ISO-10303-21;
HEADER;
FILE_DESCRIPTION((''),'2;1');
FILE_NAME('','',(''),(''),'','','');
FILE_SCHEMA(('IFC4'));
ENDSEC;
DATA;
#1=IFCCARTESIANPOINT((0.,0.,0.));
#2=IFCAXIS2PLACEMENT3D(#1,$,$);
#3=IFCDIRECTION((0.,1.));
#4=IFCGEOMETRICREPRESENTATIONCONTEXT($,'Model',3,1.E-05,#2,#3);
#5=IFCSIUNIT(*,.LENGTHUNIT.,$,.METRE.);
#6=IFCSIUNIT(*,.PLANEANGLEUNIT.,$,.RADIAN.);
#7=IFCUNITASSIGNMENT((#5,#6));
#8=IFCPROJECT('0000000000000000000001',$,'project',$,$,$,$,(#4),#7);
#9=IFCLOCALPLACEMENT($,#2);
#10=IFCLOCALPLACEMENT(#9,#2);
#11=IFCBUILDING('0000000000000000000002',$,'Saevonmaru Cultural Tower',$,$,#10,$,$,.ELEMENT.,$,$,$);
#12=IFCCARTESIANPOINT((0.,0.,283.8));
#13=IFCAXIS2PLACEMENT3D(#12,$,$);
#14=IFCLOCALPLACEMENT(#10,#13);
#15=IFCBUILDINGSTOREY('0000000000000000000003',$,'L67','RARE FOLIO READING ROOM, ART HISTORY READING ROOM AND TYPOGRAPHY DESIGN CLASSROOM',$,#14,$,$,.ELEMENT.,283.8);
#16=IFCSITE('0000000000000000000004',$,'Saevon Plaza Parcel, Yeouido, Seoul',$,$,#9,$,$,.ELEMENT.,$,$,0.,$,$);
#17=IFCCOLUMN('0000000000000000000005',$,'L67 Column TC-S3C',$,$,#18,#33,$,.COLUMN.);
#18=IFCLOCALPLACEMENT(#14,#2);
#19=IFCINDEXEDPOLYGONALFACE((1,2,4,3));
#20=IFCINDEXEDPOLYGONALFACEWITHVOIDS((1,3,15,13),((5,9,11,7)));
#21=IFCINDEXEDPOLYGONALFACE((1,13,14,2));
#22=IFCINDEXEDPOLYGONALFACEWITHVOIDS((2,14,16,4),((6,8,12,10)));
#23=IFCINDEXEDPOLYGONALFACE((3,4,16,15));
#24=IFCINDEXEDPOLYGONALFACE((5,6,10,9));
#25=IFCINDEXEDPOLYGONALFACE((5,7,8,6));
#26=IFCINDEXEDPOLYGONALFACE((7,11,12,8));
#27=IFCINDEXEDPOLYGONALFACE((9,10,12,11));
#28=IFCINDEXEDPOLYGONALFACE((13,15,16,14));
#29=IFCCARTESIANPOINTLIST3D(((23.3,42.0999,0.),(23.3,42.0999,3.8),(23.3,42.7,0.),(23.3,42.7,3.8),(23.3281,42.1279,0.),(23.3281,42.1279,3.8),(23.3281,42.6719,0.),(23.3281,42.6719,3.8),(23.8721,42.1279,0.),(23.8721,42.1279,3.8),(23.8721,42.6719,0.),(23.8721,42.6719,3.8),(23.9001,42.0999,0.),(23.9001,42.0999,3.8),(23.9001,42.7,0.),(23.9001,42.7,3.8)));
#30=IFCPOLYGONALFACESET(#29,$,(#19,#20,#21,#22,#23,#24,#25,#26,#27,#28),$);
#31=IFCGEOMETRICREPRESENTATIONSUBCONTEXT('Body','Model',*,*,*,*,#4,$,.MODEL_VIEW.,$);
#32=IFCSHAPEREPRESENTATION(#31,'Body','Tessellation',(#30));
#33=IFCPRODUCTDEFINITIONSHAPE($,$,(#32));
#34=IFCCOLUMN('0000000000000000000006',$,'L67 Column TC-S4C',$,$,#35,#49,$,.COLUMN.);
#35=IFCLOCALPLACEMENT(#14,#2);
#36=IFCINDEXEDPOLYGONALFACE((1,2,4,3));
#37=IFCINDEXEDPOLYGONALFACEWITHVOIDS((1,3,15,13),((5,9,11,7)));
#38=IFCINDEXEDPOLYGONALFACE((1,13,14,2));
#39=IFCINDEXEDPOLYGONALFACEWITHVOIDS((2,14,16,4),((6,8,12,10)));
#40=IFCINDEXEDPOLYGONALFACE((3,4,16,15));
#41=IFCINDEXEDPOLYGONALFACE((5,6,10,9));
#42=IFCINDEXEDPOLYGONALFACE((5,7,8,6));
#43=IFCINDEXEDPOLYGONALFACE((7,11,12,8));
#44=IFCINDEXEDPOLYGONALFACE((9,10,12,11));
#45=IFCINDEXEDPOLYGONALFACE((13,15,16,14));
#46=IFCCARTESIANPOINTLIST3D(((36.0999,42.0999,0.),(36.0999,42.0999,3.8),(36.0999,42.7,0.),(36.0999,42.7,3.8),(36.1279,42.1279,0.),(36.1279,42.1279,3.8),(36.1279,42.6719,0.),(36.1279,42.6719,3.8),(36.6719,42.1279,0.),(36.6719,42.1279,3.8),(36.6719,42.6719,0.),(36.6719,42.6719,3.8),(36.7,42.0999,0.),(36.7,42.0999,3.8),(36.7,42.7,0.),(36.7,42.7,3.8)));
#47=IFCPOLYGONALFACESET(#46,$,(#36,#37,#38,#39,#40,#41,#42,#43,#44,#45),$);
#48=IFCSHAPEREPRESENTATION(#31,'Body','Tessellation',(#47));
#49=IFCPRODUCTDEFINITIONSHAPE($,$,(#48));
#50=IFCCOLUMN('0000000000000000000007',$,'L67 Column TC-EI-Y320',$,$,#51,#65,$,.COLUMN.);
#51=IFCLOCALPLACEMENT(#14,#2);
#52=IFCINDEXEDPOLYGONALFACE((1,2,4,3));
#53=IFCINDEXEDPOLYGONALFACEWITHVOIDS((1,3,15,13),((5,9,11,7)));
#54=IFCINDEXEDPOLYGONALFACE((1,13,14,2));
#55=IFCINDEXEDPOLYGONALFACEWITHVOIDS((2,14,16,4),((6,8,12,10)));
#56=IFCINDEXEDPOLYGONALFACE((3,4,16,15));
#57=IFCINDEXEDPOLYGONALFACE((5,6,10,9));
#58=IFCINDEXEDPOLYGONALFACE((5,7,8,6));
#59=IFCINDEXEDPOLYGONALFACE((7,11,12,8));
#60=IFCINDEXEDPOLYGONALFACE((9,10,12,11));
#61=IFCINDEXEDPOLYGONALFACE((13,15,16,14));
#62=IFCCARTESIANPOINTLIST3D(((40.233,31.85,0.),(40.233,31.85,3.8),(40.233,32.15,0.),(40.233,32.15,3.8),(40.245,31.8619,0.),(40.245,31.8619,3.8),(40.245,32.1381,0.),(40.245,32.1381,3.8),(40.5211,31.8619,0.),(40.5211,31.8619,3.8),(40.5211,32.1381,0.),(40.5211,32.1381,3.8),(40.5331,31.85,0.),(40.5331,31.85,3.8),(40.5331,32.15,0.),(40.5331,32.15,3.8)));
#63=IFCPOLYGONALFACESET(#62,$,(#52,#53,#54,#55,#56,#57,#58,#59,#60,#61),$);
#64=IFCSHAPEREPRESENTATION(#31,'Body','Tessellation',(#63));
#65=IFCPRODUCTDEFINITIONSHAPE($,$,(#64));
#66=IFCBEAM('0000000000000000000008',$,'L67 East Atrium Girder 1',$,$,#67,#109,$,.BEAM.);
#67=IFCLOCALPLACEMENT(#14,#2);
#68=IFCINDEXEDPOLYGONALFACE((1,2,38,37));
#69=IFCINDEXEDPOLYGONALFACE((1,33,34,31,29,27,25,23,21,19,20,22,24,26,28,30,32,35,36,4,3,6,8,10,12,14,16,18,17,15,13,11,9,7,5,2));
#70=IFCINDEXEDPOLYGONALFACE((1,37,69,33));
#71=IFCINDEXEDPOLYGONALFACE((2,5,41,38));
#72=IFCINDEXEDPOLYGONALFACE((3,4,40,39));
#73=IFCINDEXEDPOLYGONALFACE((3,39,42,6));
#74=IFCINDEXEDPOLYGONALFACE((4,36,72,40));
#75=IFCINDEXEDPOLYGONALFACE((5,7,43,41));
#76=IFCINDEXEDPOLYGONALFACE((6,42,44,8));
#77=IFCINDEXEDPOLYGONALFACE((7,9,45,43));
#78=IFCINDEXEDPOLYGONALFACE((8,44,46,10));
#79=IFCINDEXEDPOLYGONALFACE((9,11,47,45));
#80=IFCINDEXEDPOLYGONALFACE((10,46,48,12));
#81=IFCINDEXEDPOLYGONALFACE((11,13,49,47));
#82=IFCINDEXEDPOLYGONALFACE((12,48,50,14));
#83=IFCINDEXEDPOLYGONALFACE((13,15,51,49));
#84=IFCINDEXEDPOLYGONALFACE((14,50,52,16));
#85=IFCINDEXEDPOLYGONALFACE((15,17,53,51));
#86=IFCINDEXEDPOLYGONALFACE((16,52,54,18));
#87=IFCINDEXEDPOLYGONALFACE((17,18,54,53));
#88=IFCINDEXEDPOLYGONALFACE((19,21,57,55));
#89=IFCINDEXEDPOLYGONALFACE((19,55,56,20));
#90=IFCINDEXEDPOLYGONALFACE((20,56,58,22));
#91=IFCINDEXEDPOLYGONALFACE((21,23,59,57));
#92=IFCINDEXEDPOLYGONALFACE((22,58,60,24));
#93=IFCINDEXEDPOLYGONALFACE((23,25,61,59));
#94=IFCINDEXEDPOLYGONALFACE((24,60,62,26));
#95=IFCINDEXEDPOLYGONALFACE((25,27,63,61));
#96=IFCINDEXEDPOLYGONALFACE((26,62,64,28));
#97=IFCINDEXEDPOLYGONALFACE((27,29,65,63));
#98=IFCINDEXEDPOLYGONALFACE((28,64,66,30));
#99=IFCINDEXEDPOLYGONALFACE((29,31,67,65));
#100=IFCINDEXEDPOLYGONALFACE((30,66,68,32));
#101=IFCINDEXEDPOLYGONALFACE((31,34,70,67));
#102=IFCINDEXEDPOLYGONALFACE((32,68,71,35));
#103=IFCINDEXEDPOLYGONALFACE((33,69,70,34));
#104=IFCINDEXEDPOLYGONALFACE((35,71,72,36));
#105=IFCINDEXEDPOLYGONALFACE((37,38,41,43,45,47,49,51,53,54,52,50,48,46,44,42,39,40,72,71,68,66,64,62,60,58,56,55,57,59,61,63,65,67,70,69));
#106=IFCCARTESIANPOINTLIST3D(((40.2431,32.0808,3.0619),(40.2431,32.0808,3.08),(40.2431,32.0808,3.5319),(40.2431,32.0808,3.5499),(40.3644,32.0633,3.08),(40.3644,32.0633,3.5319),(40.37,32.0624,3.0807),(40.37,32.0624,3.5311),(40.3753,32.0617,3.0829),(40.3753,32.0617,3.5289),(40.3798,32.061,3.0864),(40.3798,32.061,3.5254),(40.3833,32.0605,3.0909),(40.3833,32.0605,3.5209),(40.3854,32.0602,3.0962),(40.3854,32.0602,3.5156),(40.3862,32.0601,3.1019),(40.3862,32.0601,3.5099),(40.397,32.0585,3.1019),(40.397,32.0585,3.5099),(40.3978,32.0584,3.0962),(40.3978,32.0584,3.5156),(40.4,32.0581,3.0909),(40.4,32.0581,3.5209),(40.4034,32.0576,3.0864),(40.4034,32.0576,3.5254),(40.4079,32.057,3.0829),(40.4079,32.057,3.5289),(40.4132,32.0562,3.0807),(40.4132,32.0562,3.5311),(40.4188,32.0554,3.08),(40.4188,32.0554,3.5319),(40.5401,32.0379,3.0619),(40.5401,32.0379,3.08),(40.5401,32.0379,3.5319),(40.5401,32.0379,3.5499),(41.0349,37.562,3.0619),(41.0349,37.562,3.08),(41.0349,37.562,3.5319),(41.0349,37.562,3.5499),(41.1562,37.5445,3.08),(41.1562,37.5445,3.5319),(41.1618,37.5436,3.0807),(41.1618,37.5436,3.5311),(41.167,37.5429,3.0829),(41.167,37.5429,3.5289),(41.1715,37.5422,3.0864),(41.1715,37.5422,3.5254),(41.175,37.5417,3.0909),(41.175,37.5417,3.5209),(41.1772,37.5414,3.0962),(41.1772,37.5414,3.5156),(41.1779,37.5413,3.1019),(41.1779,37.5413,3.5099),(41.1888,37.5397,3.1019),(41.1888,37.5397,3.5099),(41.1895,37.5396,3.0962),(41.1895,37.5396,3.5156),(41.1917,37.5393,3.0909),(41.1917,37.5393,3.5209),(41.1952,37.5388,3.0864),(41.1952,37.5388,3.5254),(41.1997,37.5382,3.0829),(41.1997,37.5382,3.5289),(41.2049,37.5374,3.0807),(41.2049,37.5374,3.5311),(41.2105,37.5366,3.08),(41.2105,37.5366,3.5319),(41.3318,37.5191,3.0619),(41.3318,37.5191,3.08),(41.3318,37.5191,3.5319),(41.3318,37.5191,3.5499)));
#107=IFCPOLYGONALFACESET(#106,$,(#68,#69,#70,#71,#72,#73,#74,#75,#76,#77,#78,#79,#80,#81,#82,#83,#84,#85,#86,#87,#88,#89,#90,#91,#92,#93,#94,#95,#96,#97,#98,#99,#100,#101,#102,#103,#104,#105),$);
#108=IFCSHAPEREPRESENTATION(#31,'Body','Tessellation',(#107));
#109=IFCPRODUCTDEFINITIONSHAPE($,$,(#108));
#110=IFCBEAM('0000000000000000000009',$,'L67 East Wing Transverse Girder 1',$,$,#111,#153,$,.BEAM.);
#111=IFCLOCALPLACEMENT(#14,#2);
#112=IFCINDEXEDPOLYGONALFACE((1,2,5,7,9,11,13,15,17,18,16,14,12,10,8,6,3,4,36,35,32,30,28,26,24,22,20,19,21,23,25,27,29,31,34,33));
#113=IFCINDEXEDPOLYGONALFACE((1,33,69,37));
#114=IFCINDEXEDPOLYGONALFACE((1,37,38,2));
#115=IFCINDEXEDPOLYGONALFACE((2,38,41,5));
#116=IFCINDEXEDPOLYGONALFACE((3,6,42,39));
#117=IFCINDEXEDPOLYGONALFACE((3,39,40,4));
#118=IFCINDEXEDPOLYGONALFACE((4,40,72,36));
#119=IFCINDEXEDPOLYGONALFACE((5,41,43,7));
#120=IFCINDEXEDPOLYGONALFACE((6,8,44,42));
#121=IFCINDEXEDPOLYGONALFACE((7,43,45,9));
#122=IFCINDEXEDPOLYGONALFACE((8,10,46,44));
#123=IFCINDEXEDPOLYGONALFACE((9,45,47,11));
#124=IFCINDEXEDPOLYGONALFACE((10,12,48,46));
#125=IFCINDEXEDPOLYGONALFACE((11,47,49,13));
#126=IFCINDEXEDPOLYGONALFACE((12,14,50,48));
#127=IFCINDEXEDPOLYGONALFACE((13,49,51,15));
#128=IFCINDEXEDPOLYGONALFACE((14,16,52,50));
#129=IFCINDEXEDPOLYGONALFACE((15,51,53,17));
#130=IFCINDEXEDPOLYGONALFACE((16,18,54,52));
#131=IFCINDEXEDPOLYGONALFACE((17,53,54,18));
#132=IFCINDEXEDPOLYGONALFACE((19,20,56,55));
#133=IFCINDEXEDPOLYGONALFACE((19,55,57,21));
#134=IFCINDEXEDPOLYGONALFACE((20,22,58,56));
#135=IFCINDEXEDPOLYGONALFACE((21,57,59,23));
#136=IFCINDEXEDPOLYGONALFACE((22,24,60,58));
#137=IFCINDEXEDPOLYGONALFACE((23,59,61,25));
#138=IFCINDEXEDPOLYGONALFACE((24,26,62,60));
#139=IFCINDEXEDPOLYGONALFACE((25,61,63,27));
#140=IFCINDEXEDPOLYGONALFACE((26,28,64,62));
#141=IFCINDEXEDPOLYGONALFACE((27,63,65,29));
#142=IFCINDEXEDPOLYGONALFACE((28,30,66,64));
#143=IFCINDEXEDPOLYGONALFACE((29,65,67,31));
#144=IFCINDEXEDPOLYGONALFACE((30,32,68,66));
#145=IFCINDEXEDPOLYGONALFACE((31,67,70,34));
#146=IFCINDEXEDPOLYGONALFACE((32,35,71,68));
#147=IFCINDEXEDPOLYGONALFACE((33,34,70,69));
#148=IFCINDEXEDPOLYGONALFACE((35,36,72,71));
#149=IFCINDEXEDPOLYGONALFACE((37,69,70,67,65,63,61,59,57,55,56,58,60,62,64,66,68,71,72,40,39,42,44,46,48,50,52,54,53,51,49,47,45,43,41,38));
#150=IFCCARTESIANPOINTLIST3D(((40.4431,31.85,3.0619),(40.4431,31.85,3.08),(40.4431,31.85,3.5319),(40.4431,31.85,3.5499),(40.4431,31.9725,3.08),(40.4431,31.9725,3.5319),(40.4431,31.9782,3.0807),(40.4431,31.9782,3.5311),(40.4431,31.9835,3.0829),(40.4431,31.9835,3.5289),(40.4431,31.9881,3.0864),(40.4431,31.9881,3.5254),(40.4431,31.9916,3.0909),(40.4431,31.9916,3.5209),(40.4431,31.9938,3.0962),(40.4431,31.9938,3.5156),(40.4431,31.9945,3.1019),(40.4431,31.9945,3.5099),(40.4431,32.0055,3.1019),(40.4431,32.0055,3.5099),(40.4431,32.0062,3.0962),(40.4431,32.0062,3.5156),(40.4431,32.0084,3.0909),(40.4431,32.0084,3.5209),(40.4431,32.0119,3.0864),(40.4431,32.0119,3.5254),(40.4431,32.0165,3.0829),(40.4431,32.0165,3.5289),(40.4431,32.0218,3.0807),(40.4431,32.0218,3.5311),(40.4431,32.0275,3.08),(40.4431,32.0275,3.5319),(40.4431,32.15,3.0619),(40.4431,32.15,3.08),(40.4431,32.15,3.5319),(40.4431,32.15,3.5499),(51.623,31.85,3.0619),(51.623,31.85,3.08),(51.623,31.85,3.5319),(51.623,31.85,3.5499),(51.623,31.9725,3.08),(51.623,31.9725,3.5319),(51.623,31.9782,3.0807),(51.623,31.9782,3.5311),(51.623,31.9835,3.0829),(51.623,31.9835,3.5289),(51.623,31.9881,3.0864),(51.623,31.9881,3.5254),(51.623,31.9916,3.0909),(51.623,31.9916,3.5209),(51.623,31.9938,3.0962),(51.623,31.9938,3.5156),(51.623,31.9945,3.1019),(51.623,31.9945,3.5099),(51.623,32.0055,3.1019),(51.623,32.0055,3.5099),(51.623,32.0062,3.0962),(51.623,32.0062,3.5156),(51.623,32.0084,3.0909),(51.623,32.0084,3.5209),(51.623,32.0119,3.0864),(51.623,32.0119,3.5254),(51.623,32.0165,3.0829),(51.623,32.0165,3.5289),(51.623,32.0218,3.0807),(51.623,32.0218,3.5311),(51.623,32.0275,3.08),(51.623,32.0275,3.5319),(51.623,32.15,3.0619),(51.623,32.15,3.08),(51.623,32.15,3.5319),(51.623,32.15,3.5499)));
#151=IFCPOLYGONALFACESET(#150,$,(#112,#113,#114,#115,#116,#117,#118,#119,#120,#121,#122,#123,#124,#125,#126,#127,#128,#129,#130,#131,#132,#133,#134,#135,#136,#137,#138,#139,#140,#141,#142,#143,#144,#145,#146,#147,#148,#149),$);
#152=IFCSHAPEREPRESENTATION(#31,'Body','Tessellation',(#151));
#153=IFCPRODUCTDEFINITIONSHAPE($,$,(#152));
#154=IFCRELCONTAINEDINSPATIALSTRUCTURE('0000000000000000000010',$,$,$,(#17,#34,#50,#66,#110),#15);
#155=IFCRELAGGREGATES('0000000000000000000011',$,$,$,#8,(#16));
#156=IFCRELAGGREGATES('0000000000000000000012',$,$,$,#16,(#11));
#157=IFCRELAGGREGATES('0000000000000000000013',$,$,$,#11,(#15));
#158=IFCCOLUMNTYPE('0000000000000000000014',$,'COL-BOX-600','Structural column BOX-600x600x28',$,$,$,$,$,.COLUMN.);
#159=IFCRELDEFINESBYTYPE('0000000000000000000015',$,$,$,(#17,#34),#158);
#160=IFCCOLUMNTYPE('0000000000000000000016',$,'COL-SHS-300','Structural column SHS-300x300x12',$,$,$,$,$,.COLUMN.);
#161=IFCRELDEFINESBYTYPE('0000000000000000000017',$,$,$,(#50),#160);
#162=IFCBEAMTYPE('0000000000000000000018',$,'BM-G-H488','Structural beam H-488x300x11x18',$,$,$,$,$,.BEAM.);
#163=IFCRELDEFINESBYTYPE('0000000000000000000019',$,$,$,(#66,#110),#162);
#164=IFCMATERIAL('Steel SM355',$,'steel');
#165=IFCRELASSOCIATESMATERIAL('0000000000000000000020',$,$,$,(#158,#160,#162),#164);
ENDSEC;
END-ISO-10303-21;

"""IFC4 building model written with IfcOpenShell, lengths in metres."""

from ifc_helpers import new_model, si_unit, direction, frame, origin, origin_2d, place, context, subcontext, project, spatial, hollow_rectangle, i_section, extrude, material, material_profile, profile_set, type_object, element, save


model = new_model("IFC4")

# Units and contexts
model_context = context("Model", 3, precision=1e-05, world=origin(), true_north=direction((0.0, 1.0)))
body_context = subcontext(model_context, "Body", "Model", "MODEL_VIEW")
ifc_project = project(units=[si_unit("LENGTHUNIT", "METRE"), si_unit("PLANEANGLEUNIT", "RADIAN")], contexts=[model_context])

# Site, building, storey
site_placement = place(None, origin())
site = spatial("IfcSite", under=ifc_project, at=site_placement, Name="Saevon Plaza Parcel, Yeouido, Seoul", CompositionType="ELEMENT", RefElevation=0.0)
building_placement = place(site_placement, origin())
building = spatial("IfcBuilding", under=site, at=building_placement, Name="Saevonmaru Cultural Tower", CompositionType="ELEMENT")
storey_placement = place(building_placement, frame((0.0, 0.0, 283.8)))
storey = spatial("IfcBuildingStorey", under=building, at=storey_placement, Name="L67", Description="RARE FOLIO READING ROOM, ART HISTORY READING ROOM AND TYPOGRAPHY DESIGN CLASSROOM", CompositionType="ELEMENT", Elevation=283.8)

# Columns
ifc_material_1 = material(Name="Steel SM355", Category="steel")
ifc_material_profile_1 = material_profile(ifc_material_1, hollow_rectangle(XDim=0.6001, YDim=0.6001, WallThickness=0.0281, at=origin_2d()), Name="BOX-600x600x28")
ifc_profile_set_1 = profile_set([ifc_material_profile_1], Name="Steel SM355")
column_type_1 = type_object("IfcColumnType", Name="COL-BOX-600", Description="Structural column BOX-600x600x28", PredefinedType="COLUMN", material=ifc_profile_set_1)
for number, where, z_axis, x_axis, name in (
    (1, (23.6001, 42.3999, 0.0), (0.0, 0.0, 1.0), (1.0, 0.0, 0.0), "L67 Column TC-S3C"),
    (2, (36.3999, 42.3999, 0.0), (0.0, 0.0, 1.0), (1.0, 0.0, 0.0), "L67 Column TC-S4C"),
):
    element("IfcColumn", number, at=place(storey_placement, frame(where, z_axis=z_axis, x_axis=x_axis)), inside=storey, type_object=column_type_1, Name=name, PredefinedType="COLUMN", context=body_context, shape_type="SweptSolid", body=[
        extrude(hollow_rectangle(XDim=0.6001, YDim=0.6001, WallThickness=0.0281, at=origin_2d()), origin(), (0.0, 0.0, 1.0), 3.8),
    ])
ifc_material_profile_2 = material_profile(ifc_material_1, hollow_rectangle(XDim=0.3, YDim=0.3, WallThickness=0.012, at=origin_2d()), Name="SHS-300x300x12")
ifc_profile_set_2 = profile_set([ifc_material_profile_2], Name="Steel SM355")
column_type_2 = type_object("IfcColumnType", Name="COL-SHS-300", Description="Structural column SHS-300x300x12", PredefinedType="COLUMN", material=ifc_profile_set_2)
column_placement = place(storey_placement, frame((40.3831, 32.0, 0.0), z_axis=(0.0, 0.0, 1.0), x_axis=(1.0, 0.0, 0.0)))
element("IfcColumn", 3, at=column_placement, inside=storey, type_object=column_type_2, Name="L67 Column TC-EI-Y320", PredefinedType="COLUMN", context=body_context, shape_type="SweptSolid", body=[
    extrude(hollow_rectangle(XDim=0.3, YDim=0.3, WallThickness=0.012, at=origin_2d()), origin(), (0.0, 0.0, 1.0), 3.8),
])

# Beams
ifc_material_profile_3 = material_profile(ifc_material_1, i_section(OverallWidth=0.3, OverallDepth=0.488, WebThickness=0.011, FlangeThickness=0.0181, FilletRadius=0.022, at=origin_2d()), Name="H-488x300x11x18")
ifc_profile_set_3 = profile_set([ifc_material_profile_3], Name="Steel SM355")
beam_type_1 = type_object("IfcBeamType", Name="BM-G-H488", Description="Structural beam H-488x300x11x18", PredefinedType="BEAM", material=ifc_profile_set_3)
beam_1_placement = place(storey_placement, frame((40.3916, 32.0593, 3.3059), z_axis=(0.142964, 0.989728, 0.0), x_axis=(-0.989728, 0.142964, 0.0)))
element("IfcBeam", 4, at=beam_1_placement, inside=storey, type_object=beam_type_1, Name="L67 East Atrium Girder 1", PredefinedType="BEAM", context=body_context, shape_type="SweptSolid", body=[
    extrude(i_section(OverallWidth=0.3, OverallDepth=0.488, WebThickness=0.011, FlangeThickness=0.0181, FilletRadius=0.022, at=origin_2d()), origin(), (0.0, 0.0, 1.0), 5.5381),
])
beam_2_placement = place(storey_placement, frame((40.4431, 32.0, 3.3059), z_axis=(1.0, 0.0, 0.0), x_axis=(0.0, 1.0, 0.0)))
element("IfcBeam", 5, at=beam_2_placement, inside=storey, type_object=beam_type_1, Name="L67 East Wing Transverse Girder 1", PredefinedType="BEAM", context=body_context, shape_type="SweptSolid", body=[
    extrude(i_section(OverallWidth=0.3, OverallDepth=0.488, WebThickness=0.011, FlangeThickness=0.0181, FilletRadius=0.022, at=origin_2d()), origin(), (0.0, 0.0, 1.0), 11.1799),
])

save(model, "model.ifc")
